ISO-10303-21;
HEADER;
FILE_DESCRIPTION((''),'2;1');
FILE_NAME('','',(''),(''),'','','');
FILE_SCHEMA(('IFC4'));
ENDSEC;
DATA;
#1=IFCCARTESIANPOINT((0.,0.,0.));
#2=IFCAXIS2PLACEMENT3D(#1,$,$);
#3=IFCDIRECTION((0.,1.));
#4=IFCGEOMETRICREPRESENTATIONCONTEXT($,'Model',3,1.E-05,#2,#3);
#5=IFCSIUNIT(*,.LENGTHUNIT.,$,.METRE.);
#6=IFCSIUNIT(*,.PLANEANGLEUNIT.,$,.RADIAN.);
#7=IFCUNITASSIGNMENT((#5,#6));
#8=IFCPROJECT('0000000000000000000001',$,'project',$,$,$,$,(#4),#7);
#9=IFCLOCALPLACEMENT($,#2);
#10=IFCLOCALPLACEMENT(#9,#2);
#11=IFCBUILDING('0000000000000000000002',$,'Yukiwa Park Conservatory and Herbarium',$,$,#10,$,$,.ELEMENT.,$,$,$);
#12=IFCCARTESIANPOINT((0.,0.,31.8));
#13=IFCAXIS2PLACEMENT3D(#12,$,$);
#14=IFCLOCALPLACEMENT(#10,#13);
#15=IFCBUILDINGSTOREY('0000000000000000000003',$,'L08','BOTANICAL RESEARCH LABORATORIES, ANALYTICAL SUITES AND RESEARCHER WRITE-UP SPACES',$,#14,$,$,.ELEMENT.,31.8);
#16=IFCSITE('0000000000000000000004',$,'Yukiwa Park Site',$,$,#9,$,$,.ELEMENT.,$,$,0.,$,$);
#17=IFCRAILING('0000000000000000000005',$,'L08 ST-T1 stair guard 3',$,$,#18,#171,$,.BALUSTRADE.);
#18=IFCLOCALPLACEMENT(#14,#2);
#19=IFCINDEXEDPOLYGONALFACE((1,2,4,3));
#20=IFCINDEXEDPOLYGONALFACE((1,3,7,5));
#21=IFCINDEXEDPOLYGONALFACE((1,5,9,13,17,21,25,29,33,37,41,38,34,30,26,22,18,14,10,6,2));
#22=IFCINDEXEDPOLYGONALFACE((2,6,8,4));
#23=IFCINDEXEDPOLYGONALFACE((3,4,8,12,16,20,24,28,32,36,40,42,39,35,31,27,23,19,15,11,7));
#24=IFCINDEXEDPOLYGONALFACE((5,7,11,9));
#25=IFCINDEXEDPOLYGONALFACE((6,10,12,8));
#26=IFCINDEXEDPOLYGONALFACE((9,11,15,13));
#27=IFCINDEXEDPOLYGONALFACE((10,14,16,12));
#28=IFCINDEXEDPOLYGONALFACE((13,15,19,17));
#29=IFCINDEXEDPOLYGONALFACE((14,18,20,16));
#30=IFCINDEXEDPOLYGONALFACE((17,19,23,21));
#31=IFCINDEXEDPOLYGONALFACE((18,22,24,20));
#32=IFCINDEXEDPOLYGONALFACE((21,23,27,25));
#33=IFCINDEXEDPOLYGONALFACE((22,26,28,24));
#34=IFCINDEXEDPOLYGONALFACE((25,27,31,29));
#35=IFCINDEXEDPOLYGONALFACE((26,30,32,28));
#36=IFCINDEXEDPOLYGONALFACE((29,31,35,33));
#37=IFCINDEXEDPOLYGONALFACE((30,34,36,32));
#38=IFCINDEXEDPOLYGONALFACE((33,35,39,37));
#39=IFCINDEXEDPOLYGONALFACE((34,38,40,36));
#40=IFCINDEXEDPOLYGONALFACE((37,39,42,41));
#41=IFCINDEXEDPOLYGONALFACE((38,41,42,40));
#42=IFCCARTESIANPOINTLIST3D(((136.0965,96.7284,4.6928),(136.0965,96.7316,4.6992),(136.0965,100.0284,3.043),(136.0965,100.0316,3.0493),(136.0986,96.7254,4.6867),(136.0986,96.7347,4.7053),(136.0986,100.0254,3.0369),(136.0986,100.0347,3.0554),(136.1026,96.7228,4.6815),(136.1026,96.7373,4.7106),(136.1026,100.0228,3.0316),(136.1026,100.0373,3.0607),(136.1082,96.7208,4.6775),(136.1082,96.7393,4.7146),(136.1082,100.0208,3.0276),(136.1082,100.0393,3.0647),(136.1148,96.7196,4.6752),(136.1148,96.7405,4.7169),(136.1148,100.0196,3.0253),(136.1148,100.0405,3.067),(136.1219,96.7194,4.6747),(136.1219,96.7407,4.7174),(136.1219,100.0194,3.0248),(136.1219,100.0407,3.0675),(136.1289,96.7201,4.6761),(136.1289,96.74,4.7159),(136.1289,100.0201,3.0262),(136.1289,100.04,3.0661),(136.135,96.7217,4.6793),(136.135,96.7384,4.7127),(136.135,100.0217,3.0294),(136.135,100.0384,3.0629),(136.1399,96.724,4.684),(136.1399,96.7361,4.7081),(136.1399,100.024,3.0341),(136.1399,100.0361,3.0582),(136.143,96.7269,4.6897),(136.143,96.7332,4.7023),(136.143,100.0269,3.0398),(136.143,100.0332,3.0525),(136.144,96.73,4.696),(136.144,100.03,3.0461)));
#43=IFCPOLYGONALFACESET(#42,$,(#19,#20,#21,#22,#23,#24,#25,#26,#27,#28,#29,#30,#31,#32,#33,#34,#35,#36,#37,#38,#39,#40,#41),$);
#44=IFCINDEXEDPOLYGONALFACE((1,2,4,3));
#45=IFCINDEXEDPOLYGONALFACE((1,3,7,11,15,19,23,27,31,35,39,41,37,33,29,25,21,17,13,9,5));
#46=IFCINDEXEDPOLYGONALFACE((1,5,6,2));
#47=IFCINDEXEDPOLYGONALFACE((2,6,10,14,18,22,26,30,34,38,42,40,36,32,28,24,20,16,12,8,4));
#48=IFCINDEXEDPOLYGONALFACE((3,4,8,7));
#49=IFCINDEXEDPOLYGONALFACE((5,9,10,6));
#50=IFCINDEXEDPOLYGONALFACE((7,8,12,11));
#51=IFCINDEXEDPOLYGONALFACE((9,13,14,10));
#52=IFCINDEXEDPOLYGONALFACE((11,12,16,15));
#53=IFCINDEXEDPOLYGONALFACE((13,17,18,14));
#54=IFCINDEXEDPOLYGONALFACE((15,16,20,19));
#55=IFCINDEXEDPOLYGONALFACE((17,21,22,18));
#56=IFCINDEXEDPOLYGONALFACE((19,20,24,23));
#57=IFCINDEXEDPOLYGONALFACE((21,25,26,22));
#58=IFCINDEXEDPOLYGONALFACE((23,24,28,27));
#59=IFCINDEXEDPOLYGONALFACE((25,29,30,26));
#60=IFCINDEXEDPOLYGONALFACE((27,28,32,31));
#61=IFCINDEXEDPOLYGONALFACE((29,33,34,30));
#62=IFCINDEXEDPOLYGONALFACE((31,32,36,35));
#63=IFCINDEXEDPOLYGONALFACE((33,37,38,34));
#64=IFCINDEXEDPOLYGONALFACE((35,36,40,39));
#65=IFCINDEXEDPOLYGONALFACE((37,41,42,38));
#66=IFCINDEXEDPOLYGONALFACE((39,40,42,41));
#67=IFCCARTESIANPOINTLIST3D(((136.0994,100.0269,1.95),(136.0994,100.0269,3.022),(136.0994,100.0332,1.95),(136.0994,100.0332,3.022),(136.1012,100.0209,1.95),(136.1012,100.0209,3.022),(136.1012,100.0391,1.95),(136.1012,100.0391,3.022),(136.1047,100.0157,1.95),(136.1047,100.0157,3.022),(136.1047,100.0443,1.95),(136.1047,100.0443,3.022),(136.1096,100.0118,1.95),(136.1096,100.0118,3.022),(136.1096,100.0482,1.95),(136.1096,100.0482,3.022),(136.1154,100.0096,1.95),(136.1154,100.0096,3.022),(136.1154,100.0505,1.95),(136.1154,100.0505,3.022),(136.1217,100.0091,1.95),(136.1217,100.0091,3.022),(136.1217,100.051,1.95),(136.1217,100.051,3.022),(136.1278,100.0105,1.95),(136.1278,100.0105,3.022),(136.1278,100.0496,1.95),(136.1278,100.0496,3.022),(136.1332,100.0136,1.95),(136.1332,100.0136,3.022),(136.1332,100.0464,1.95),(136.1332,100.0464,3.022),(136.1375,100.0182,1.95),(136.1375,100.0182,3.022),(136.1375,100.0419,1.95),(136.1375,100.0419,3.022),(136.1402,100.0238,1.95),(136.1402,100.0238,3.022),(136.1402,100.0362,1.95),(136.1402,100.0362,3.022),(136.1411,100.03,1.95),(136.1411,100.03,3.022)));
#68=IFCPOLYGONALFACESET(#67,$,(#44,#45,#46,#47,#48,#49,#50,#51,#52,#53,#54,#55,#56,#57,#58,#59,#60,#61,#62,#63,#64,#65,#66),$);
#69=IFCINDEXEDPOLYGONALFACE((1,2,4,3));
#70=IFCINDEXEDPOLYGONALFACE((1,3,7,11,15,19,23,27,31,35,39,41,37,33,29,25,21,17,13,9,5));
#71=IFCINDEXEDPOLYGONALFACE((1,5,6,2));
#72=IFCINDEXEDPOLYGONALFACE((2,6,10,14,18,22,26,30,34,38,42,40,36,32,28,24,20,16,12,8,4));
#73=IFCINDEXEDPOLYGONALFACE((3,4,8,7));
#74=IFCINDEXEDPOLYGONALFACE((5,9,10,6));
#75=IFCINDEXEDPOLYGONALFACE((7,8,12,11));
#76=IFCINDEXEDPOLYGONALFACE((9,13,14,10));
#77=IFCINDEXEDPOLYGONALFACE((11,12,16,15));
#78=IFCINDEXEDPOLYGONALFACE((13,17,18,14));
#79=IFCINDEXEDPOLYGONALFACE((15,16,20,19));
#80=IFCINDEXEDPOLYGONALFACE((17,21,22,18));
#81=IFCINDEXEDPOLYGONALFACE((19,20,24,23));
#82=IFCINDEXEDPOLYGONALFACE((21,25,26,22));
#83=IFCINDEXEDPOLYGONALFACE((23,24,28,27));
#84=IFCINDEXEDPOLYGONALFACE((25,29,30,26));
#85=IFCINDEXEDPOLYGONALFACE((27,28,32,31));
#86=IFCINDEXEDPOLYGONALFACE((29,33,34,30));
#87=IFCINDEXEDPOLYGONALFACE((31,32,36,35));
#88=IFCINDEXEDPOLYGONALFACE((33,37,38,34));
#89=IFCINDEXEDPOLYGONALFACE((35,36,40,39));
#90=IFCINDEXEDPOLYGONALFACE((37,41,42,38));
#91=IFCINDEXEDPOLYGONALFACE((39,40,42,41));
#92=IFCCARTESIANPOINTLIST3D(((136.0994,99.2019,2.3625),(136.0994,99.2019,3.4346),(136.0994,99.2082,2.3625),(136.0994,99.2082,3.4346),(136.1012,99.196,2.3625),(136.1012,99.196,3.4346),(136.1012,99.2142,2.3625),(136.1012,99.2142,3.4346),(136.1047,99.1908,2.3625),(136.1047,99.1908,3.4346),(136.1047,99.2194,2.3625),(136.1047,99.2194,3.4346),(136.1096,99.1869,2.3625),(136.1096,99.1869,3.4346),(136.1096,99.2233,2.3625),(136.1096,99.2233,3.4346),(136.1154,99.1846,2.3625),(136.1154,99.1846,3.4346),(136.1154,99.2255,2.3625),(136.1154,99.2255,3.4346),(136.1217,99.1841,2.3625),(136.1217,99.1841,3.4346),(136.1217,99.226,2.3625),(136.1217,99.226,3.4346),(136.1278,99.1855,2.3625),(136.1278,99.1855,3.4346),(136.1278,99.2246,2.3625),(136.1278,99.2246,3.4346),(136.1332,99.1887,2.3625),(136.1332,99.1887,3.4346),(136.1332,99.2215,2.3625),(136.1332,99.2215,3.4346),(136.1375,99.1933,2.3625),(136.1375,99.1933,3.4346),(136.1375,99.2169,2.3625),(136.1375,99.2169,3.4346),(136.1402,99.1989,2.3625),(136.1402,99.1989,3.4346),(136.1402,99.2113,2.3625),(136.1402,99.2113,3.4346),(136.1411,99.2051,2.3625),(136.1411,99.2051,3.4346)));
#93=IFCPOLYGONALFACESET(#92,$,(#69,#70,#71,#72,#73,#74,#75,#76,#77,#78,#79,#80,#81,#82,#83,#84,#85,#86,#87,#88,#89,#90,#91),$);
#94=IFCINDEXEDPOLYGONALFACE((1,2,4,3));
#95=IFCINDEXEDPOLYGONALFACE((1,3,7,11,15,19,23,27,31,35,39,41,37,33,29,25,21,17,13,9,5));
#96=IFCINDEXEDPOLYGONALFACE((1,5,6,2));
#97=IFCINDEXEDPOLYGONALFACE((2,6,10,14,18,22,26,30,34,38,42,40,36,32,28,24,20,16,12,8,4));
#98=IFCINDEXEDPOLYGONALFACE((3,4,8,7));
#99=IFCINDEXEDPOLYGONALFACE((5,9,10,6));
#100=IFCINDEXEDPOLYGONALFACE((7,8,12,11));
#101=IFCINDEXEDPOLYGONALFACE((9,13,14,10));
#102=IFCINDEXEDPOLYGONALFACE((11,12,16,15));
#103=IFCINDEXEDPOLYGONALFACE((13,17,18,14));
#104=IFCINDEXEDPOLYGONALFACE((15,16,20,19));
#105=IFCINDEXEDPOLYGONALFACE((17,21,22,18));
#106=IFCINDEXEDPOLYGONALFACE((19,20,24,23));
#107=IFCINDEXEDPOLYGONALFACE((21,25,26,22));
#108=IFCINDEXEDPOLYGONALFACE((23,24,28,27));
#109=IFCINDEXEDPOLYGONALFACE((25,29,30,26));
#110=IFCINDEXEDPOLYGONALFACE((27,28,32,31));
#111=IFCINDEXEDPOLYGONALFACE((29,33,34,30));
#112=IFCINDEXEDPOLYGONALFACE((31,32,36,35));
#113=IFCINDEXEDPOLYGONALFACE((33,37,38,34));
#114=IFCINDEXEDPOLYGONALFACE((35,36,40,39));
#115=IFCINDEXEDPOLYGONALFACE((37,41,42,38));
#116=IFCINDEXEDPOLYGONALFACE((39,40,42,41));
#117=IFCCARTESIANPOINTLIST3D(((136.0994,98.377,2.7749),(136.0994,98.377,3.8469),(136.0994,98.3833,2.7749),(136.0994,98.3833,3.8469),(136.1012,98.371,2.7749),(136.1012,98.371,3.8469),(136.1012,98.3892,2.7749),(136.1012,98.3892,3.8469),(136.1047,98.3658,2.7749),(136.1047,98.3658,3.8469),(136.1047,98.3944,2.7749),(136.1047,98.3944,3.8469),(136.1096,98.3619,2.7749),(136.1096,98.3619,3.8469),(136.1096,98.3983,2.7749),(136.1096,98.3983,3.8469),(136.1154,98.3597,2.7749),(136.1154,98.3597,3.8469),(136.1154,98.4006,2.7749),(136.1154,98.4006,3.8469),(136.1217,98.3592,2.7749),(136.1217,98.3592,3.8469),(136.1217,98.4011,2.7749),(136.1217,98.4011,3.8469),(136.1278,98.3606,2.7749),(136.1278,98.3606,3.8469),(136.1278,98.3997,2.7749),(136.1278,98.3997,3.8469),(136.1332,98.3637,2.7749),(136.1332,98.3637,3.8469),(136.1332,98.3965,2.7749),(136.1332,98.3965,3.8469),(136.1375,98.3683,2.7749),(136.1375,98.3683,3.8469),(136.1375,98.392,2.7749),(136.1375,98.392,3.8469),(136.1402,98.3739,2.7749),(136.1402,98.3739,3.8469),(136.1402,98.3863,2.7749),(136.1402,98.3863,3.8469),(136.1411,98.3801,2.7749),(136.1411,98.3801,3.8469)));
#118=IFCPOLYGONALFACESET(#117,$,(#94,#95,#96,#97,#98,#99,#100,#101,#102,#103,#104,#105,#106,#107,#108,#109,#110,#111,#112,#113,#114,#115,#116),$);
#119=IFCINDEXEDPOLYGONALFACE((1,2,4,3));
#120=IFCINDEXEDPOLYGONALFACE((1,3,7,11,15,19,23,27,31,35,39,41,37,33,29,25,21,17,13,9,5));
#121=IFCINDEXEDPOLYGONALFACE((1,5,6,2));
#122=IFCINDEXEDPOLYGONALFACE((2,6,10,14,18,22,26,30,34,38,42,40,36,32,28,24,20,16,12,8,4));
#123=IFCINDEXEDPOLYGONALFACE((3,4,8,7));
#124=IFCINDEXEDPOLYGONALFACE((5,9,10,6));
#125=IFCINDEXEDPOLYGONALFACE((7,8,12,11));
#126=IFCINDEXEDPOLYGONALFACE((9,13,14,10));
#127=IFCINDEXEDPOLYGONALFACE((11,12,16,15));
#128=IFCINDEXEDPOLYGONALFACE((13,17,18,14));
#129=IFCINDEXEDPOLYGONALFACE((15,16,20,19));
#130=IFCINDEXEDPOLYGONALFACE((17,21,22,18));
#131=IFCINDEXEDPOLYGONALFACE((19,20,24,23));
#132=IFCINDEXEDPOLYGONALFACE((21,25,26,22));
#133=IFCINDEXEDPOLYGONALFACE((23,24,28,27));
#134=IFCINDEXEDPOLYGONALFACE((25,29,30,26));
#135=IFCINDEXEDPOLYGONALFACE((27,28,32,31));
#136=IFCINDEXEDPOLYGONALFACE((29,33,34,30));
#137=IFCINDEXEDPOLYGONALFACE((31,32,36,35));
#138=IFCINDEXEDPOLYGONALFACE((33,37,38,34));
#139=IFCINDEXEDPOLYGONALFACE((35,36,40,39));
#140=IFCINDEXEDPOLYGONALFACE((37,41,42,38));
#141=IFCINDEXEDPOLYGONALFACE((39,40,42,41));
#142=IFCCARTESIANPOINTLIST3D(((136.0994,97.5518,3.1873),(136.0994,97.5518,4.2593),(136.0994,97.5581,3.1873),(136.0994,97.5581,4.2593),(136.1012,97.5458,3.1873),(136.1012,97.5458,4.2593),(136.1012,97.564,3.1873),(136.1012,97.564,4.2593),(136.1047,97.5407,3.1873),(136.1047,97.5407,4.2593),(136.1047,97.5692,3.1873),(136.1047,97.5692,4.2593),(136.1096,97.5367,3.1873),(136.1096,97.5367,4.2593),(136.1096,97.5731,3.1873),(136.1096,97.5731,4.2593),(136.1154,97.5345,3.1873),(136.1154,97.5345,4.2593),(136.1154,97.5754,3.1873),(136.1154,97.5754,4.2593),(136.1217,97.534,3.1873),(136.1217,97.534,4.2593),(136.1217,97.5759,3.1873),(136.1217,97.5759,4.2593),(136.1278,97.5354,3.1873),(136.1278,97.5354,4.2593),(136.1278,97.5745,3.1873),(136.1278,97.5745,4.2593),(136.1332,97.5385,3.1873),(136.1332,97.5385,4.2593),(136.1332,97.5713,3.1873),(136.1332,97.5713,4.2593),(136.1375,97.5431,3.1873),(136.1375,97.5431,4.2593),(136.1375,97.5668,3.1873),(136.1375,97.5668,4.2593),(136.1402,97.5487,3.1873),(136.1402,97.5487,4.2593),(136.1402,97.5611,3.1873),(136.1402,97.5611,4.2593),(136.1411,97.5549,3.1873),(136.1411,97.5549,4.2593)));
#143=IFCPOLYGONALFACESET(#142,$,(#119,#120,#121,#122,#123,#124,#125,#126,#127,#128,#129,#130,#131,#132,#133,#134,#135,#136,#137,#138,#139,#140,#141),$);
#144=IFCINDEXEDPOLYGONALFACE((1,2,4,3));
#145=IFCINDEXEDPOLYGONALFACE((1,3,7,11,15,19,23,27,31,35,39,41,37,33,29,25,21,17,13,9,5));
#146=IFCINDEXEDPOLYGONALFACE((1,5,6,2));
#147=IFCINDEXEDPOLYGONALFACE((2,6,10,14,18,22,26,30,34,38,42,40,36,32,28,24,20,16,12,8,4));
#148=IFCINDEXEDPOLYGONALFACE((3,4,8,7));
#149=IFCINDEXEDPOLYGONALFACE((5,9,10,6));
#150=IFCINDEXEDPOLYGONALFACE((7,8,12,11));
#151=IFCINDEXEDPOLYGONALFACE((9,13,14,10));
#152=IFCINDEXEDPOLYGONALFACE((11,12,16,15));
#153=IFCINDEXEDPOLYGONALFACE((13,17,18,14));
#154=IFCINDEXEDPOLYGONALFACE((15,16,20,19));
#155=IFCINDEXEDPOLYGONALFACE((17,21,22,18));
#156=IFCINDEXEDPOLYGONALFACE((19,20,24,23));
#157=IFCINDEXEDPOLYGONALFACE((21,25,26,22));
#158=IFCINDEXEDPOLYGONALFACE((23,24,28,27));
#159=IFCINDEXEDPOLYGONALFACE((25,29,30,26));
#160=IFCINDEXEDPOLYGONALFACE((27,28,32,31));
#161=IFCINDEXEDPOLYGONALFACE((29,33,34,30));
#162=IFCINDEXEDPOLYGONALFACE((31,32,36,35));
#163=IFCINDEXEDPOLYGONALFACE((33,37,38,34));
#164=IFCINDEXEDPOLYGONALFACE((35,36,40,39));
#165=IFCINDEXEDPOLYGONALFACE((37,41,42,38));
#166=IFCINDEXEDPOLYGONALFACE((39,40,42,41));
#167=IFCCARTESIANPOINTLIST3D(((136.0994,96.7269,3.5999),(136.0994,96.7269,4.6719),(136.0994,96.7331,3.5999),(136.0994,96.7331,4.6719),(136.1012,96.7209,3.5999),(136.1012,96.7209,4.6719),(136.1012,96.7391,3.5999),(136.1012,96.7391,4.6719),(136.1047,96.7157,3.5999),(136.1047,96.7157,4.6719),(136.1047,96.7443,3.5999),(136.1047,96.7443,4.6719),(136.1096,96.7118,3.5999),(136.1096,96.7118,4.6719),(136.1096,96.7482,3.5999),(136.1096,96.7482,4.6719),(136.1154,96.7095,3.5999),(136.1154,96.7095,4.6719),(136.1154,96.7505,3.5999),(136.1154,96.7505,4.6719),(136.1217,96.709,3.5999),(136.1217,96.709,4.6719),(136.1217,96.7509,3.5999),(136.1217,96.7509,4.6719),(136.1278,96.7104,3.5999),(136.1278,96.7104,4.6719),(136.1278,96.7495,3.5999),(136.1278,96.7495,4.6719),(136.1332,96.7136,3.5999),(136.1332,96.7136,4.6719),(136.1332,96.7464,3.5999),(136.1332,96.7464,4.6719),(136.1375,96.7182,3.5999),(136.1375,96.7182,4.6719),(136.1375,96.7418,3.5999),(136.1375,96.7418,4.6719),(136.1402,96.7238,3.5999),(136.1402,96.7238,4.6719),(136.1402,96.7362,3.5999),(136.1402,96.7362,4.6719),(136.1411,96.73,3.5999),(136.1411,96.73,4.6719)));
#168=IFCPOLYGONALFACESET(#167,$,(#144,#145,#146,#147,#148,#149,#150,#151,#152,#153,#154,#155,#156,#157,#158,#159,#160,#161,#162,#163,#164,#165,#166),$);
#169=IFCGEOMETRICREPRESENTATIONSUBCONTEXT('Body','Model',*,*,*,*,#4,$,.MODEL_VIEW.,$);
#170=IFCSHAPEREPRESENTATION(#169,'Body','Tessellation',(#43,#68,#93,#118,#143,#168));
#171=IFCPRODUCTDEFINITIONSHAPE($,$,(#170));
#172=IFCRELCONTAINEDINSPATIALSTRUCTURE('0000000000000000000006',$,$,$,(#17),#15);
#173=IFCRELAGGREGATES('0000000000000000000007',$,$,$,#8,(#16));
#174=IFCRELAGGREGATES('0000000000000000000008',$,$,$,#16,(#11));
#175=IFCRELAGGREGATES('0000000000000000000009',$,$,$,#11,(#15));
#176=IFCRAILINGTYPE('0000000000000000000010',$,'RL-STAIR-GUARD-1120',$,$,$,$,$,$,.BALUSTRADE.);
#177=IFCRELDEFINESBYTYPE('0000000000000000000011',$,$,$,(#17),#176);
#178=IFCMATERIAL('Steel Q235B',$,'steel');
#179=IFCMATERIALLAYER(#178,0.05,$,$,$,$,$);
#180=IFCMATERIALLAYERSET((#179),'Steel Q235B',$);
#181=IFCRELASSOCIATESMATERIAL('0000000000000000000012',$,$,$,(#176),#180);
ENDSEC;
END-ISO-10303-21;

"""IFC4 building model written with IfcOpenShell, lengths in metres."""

from ifc_helpers import new_model, si_unit, direction, frame, origin, origin_2d, place, context, subcontext, project, spatial, circle, extrude, material, layer, layer_set, type_object, element, save


model = new_model("IFC4")

# Units and contexts
model_context = context("Model", 3, precision=1e-05, world=origin(), true_north=direction((0.0, 1.0)))
body_context = subcontext(model_context, "Body", "Model", "MODEL_VIEW")
ifc_project = project(units=[si_unit("LENGTHUNIT", "METRE"), si_unit("PLANEANGLEUNIT", "RADIAN")], contexts=[model_context])

# Site, building, storey
site_placement = place(None, origin())
site = spatial("IfcSite", under=ifc_project, at=site_placement, Name="Yukiwa Park Site", CompositionType="ELEMENT", RefElevation=0.0)
building_placement = place(site_placement, origin())
building = spatial("IfcBuilding", under=site, at=building_placement, Name="Yukiwa Park Conservatory and Herbarium", CompositionType="ELEMENT")
storey_placement = place(building_placement, frame((0.0, 0.0, 31.8)))
storey = spatial("IfcBuildingStorey", under=building, at=storey_placement, Name="L08", Description="BOTANICAL RESEARCH LABORATORIES, ANALYTICAL SUITES AND RESEARCHER WRITE-UP SPACES", CompositionType="ELEMENT", Elevation=31.8)

# Railing
ifc_material_1 = material(Name="Steel Q235B", Category="steel")
ifc_layer_1 = layer(ifc_material_1, 0.05)
ifc_layer_set_1 = layer_set([ifc_layer_1], Name="Steel Q235B")
railing_type_1 = type_object("IfcRailingType", Name="RL-STAIR-GUARD-1120", PredefinedType="BALUSTRADE", material=ifc_layer_set_1)
railing_1_placement = place(storey_placement, frame((136.1201, 100.03, 1.95)))
element("IfcRailing", 1, at=railing_1_placement, inside=storey, type_object=railing_type_1, Name="L08 ST-T1 stair guard 3", PredefinedType="BALUSTRADE", context=body_context, shape_type="SweptSolid", body=[
    extrude(circle(Radius=0.0239, at=origin_2d()), frame((0.0, 0.0, 1.0962), z_axis=(0.0, -0.89444, 0.447187), x_axis=(1.0, 0.0, 0.0)), (0.0, 0.0, 1.0), 3.6895),
    extrude(circle(Radius=0.021, at=origin_2d()), origin(), (0.0, 0.0, 1.0), 1.072),
    extrude(circle(Radius=0.021, at=origin_2d()), frame((0.0, -0.825, 0.4126)), (0.0, 0.0, 1.0), 1.072),
    extrude(circle(Radius=0.021, at=origin_2d()), frame((0.0, -1.6499, 0.825)), (0.0, 0.0, 1.0), 1.072),
    extrude(circle(Radius=0.021, at=origin_2d()), frame((0.0, -2.4751, 1.2373)), (0.0, 0.0, 1.0), 1.072),
    extrude(circle(Radius=0.021, at=origin_2d()), frame((0.0, -3.3, 1.6499)), (0.0, 0.0, 1.0), 1.072),
])

save(model, "model.ifc")
